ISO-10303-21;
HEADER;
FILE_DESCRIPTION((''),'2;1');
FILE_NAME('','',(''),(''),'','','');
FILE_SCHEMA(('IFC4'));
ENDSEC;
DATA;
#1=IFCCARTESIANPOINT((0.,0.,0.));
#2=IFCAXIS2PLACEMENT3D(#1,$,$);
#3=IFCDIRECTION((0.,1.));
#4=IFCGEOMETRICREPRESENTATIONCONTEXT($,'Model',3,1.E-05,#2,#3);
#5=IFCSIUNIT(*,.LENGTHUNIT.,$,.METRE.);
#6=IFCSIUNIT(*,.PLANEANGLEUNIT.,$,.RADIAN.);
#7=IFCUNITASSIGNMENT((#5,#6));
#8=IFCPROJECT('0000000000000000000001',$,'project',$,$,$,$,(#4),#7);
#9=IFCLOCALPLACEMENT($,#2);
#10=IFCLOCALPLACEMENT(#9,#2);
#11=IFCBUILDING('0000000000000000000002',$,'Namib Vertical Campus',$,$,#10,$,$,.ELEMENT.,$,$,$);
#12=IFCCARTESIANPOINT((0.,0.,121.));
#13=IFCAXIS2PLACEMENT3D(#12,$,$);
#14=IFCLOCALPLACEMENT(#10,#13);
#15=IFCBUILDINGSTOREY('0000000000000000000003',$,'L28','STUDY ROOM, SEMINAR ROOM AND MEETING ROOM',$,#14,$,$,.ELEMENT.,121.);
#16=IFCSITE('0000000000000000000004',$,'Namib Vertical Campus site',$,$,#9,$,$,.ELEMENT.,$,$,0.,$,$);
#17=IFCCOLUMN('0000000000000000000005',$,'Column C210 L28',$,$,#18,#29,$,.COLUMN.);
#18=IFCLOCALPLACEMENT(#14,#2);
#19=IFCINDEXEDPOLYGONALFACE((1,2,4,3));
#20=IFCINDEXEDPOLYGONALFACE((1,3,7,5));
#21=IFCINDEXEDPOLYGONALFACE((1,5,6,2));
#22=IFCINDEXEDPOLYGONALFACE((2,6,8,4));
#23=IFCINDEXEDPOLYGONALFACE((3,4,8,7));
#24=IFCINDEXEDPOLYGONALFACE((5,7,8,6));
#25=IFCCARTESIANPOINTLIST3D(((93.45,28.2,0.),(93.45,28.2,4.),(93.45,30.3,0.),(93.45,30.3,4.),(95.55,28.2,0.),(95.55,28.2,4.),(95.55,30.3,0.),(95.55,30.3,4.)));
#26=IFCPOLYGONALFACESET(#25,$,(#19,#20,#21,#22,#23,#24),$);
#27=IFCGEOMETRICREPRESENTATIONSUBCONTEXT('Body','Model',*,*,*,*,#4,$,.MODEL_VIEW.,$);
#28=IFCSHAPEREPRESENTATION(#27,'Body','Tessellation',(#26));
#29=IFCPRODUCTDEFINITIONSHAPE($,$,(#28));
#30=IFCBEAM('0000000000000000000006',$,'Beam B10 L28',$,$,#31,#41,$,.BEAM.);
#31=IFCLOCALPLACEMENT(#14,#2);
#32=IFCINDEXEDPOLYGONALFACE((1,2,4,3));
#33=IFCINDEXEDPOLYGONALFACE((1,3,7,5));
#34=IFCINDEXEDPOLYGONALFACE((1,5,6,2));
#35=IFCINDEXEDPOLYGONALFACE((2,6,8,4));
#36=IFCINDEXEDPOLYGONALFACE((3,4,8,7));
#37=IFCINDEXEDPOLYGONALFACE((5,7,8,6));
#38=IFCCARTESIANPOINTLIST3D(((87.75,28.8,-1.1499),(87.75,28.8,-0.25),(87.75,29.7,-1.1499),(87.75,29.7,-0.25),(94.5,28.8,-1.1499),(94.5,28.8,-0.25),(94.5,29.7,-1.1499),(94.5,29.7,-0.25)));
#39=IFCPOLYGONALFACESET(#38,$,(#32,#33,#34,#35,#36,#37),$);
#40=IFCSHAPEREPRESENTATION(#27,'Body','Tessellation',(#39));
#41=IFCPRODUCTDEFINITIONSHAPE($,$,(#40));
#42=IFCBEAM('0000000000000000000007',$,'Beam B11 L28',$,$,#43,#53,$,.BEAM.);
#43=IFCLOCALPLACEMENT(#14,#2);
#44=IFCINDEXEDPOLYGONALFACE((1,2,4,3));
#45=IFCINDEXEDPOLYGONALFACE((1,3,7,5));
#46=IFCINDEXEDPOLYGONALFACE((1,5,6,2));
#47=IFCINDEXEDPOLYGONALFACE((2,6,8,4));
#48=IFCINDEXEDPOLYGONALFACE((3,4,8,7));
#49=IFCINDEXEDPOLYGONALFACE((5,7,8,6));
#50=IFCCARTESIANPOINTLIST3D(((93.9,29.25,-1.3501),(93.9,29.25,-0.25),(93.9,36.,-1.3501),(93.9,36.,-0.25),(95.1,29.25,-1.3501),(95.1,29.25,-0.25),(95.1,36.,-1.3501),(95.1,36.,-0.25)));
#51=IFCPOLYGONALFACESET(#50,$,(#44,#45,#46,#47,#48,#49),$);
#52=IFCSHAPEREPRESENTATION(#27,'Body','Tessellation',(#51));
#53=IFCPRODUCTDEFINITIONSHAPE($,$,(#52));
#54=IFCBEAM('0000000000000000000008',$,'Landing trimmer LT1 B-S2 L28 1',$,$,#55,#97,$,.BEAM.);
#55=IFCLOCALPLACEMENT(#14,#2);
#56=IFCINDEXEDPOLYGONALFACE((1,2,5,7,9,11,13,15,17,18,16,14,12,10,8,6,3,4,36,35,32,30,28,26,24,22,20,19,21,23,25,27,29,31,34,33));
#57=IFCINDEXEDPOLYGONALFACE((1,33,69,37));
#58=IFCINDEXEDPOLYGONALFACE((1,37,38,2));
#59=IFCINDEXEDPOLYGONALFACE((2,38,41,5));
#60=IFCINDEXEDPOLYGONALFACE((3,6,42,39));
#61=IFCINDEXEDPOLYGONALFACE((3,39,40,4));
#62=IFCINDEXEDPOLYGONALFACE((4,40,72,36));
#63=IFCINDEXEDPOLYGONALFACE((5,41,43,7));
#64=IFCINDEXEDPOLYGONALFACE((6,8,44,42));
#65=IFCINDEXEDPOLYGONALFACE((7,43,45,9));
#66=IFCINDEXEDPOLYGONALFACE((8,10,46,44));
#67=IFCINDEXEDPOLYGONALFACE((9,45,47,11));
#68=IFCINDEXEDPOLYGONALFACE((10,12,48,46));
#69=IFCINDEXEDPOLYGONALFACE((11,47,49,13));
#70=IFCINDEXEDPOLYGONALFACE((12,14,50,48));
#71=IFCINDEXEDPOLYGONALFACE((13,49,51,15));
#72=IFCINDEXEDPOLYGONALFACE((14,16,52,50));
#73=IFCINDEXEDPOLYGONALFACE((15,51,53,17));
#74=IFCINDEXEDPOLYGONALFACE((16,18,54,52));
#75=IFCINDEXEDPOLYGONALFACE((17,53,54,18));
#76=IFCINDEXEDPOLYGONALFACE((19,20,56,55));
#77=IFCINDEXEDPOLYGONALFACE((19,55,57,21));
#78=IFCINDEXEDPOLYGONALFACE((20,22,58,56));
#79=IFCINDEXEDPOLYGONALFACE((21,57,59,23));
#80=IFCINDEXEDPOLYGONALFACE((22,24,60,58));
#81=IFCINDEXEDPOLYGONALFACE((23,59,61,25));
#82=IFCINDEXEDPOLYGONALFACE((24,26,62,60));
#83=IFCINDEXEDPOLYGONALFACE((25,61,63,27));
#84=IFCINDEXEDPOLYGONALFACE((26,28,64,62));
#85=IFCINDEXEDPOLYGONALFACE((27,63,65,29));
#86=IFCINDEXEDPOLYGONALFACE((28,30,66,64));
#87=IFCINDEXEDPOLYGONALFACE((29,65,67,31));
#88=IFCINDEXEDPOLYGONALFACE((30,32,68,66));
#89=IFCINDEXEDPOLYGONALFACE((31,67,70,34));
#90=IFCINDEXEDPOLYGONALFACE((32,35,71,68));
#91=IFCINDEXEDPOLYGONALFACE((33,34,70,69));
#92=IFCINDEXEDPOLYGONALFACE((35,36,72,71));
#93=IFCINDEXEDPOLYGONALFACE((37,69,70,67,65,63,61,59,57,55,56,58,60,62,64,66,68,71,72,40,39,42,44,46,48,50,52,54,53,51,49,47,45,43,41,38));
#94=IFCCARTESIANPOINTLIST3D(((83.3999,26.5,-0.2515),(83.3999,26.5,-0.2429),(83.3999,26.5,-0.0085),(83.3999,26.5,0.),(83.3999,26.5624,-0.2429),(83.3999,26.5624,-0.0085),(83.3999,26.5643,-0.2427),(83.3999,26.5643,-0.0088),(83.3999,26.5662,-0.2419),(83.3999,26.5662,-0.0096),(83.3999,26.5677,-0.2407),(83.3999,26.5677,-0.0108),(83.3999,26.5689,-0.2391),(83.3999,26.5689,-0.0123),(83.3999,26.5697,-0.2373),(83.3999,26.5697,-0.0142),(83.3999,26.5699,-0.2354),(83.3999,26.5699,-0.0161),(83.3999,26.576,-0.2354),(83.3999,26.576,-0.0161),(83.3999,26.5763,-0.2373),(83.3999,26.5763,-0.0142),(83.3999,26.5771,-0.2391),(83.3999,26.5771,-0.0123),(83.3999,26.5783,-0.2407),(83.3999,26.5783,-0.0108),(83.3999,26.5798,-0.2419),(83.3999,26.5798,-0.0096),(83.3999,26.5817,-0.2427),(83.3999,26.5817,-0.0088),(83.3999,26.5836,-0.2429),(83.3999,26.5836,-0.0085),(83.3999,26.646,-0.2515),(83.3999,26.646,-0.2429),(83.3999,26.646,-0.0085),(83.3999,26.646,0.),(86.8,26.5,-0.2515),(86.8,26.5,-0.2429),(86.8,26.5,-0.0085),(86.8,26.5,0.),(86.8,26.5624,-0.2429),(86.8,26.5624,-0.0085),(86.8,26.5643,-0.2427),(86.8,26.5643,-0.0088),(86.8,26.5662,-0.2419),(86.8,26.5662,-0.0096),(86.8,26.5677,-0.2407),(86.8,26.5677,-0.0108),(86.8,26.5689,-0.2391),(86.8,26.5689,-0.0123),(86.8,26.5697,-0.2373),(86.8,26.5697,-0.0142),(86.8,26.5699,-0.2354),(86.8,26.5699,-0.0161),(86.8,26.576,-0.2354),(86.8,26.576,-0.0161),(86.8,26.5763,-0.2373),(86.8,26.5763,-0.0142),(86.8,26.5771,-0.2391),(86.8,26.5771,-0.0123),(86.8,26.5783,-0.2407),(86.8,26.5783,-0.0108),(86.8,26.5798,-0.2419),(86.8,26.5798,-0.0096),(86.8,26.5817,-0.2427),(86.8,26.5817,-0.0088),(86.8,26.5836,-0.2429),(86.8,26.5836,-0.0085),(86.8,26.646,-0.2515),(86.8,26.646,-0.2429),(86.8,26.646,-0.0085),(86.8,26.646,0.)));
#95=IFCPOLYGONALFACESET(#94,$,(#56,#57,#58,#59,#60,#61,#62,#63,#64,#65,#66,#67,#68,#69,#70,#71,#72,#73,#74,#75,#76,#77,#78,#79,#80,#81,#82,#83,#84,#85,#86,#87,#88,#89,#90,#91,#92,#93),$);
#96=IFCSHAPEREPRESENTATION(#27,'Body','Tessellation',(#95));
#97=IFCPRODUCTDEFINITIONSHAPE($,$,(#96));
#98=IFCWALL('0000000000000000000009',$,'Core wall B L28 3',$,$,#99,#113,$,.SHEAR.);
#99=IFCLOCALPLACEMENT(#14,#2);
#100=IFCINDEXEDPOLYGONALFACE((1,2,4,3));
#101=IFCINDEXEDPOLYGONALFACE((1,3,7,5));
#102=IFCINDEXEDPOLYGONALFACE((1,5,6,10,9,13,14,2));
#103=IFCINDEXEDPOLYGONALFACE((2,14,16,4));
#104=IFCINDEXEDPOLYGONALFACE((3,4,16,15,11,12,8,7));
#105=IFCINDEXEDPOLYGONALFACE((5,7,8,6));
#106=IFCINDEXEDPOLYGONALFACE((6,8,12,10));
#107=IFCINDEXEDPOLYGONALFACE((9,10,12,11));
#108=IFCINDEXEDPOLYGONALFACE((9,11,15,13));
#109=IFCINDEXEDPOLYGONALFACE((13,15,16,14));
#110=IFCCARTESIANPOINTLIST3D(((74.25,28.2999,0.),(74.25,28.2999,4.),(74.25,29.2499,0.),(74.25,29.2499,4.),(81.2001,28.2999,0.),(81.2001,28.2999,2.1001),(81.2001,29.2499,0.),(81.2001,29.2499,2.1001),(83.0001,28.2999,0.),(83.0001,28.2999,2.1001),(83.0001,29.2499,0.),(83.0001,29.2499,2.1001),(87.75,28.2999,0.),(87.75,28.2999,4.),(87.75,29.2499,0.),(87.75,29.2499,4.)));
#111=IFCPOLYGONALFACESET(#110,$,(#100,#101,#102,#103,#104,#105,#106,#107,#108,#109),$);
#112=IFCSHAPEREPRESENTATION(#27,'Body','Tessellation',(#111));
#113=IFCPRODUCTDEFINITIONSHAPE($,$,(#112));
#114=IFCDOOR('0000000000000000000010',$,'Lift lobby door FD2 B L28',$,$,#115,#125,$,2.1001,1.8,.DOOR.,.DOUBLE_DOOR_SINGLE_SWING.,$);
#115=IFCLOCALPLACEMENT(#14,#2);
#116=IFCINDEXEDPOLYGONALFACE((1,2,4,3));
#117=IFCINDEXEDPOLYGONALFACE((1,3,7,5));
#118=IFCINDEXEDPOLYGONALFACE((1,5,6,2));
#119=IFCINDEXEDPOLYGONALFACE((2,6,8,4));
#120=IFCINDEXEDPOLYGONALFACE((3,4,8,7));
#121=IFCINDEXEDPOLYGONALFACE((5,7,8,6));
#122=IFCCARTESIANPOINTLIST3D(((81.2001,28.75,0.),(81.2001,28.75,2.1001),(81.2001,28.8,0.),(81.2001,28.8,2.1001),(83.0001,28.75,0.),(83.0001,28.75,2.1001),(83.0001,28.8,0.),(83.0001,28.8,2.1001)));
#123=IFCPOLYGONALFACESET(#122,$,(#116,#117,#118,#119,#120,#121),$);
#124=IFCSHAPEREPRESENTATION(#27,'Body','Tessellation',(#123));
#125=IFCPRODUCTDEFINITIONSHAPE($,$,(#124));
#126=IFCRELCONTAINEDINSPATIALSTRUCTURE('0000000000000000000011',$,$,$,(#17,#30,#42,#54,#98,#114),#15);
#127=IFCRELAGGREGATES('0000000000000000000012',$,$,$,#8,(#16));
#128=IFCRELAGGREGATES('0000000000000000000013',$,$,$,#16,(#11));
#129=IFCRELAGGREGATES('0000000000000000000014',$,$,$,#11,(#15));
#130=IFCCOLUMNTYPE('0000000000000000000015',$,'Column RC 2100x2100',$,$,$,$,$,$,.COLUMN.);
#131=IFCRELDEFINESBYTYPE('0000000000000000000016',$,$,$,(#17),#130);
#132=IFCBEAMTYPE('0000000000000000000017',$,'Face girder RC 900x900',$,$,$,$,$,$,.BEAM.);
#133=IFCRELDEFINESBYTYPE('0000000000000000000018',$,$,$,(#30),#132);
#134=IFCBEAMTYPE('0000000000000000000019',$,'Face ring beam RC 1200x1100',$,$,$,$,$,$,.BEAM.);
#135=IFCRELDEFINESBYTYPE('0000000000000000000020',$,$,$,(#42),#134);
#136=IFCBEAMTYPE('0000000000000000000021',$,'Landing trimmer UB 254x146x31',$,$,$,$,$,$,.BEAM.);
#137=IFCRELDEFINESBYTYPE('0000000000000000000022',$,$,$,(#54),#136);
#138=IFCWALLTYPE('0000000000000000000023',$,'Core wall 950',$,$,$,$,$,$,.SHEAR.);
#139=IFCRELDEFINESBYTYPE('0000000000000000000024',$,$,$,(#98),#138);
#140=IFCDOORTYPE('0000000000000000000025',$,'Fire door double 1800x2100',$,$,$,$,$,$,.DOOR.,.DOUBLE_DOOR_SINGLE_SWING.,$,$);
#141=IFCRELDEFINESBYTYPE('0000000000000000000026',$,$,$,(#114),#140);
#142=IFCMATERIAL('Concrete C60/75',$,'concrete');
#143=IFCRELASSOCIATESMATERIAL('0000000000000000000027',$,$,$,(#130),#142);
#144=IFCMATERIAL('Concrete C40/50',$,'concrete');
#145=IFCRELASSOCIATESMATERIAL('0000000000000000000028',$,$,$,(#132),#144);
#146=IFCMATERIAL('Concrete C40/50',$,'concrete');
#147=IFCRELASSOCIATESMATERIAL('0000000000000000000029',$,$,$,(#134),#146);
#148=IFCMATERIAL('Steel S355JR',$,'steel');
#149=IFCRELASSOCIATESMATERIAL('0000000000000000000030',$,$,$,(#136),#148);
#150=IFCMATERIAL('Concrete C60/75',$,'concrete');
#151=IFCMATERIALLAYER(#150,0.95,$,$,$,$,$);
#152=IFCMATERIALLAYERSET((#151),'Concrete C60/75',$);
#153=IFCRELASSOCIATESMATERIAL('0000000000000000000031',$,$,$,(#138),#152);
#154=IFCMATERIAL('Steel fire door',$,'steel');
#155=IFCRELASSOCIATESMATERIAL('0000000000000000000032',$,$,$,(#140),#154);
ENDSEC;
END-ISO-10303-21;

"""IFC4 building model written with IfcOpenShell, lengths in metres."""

from ifc_helpers import new_model, si_unit, direction, frame, frame_2d, origin, origin_2d, place, context, subcontext, project, spatial, rectangle, i_section, extrude, material, layer, layer_set, material_profile, profile_set, type_object, element, fill, save


model = new_model("IFC4")

# Units and contexts
model_context = context("Model", 3, precision=1e-05, world=origin(), true_north=direction((0.0, 1.0)))
body_context = subcontext(model_context, "Body", "Model", "MODEL_VIEW")
ifc_project = project(units=[si_unit("LENGTHUNIT", "METRE"), si_unit("PLANEANGLEUNIT", "RADIAN")], contexts=[model_context])

# Site, building, storey
site_placement = place(None, origin())
site = spatial("IfcSite", under=ifc_project, at=site_placement, Name="Namib Vertical Campus site", CompositionType="ELEMENT", RefElevation=0.0)
building_placement = place(site_placement, origin())
building = spatial("IfcBuilding", under=site, at=building_placement, Name="Namib Vertical Campus", CompositionType="ELEMENT")
storey_placement = place(building_placement, frame((0.0, 0.0, 121.0)))
storey = spatial("IfcBuildingStorey", under=building, at=storey_placement, Name="L28", Description="STUDY ROOM, SEMINAR ROOM AND MEETING ROOM", CompositionType="ELEMENT", Elevation=121.0)

# Column
ifc_material_1 = material(Name="Concrete C60/75", Category="concrete")
ifc_material_profile_1 = material_profile(ifc_material_1, rectangle(XDim=2.1001, YDim=2.1001, at=origin_2d()))
ifc_profile_set_1 = profile_set([ifc_material_profile_1], Name="Concrete C60/75")
column_type = type_object("IfcColumnType", Name="Column RC 2100x2100", PredefinedType="COLUMN", material=ifc_profile_set_1)
column_placement = place(storey_placement, frame((94.5, 29.25, 0.0), z_axis=(0.0, 0.0, 1.0), x_axis=(1.0, 0.0, 0.0)))
element("IfcColumn", 1, at=column_placement, inside=storey, type_object=column_type, Name="Column C210 L28", PredefinedType="COLUMN", context=body_context, shape_type="SweptSolid", body=[
    extrude(rectangle(XDim=2.1001, YDim=2.1001, at=origin_2d()), origin(), (0.0, 0.0, 1.0), 4.0),
])

# Beams
ifc_material_2 = material(Name="Concrete C40/50", Category="concrete")
ifc_material_profile_2 = material_profile(ifc_material_2, rectangle(XDim=0.8999, YDim=0.8999, at=origin_2d()))
ifc_profile_set_2 = profile_set([ifc_material_profile_2], Name="Concrete C40/50")
beam_type_1 = type_object("IfcBeamType", Name="Face girder RC 900x900", PredefinedType="BEAM", material=ifc_profile_set_2)
beam_1_placement = place(storey_placement, frame((94.5, 29.25, -0.7), z_axis=(-1.0, 0.0, 0.0), x_axis=(0.0, -1.0, 0.0)))
element("IfcBeam", 2, at=beam_1_placement, inside=storey, type_object=beam_type_1, Name="Beam B10 L28", PredefinedType="BEAM", context=body_context, shape_type="SweptSolid", body=[
    extrude(rectangle(XDim=0.8999, YDim=0.8999, at=origin_2d()), origin(), (0.0, 0.0, 1.0), 6.75),
])
ifc_material_3 = material(Name="Concrete C40/50", Category="concrete")
ifc_material_profile_3 = material_profile(ifc_material_3, rectangle(XDim=1.2, YDim=1.1001, at=origin_2d()))
ifc_profile_set_3 = profile_set([ifc_material_profile_3], Name="Concrete C40/50")
beam_type_2 = type_object("IfcBeamType", Name="Face ring beam RC 1200x1100", PredefinedType="BEAM", material=ifc_profile_set_3)
beam_2_placement = place(storey_placement, frame((94.5, 29.25, -0.8), z_axis=(0.0, 1.0, 0.0), x_axis=(-1.0, 0.0, 0.0)))
element("IfcBeam", 3, at=beam_2_placement, inside=storey, type_object=beam_type_2, Name="Beam B11 L28", PredefinedType="BEAM", context=body_context, shape_type="SweptSolid", body=[
    extrude(rectangle(XDim=1.2, YDim=1.1001, at=origin_2d()), origin(), (0.0, 0.0, 1.0), 6.75),
])
ifc_material_4 = material(Name="Steel S355JR", Category="steel")
ifc_material_profile_4 = material_profile(ifc_material_4, i_section(OverallWidth=0.146, OverallDepth=0.2515, WebThickness=0.0061, FlangeThickness=0.0085, FilletRadius=0.0076, at=origin_2d()))
ifc_profile_set_4 = profile_set([ifc_material_profile_4], Name="Steel S355JR")
beam_type_3 = type_object("IfcBeamType", Name="Landing trimmer UB 254x146x31", PredefinedType="BEAM", material=ifc_profile_set_4)
beam_3_placement = place(storey_placement, frame((83.3999, 26.573, -0.1257), z_axis=(1.0, 0.0, 0.0), x_axis=(0.0, 1.0, 0.0)))
element("IfcBeam", 4, at=beam_3_placement, inside=storey, type_object=beam_type_3, Name="Landing trimmer LT1 B-S2 L28 1", PredefinedType="BEAM", context=body_context, shape_type="SweptSolid", body=[
    extrude(i_section(OverallWidth=0.146, OverallDepth=0.2515, WebThickness=0.0061, FlangeThickness=0.0085, FilletRadius=0.0076, at=origin_2d()), origin(), (0.0, 0.0, 1.0), 3.4001),
])

# Wall, opening, door
ifc_material_5 = material(Name="Concrete C60/75", Category="concrete")
ifc_layer_1 = layer(ifc_material_5, 0.95)
ifc_layer_set_1 = layer_set([ifc_layer_1], Name="Concrete C60/75")
wall_type_1 = type_object("IfcWallType", Name="Core wall 950", PredefinedType="SHEAR", material=ifc_layer_set_1)
wall_1_placement = place(storey_placement, frame((87.75, 28.7749, 0.0), z_axis=(0.0, 0.0, 1.0), x_axis=(-1.0, 0.0, 0.0)))
wall_1 = element("IfcWall", 5, at=wall_1_placement, inside=storey, type_object=wall_type_1, Name="Core wall B L28 3", PredefinedType="SHEAR", context=body_context, shape_type="SweptSolid", body=[
    extrude(rectangle(XDim=13.5, YDim=0.95, at=frame_2d((6.75, 0.0))), origin(), (0.0, 0.0, 1.0), 4.0),
])
opening_1_placement = place(wall_1_placement, frame((4.75, 0.0, 0.0)))
opening_1 = element("IfcOpeningElement", 6, at=opening_1_placement, cuts=wall_1, PredefinedType="OPENING", context=body_context, shape_type="SweptSolid", body=[
    extrude(rectangle(XDim=1.8, YDim=2.1001, at=frame_2d((0.8999, 1.05))), frame((0.0, 0.4849, 0.0), z_axis=(0.0, -1.0, 0.0), x_axis=(1.0, 0.0, 0.0)), (0.0, 0.0, 1.0), 0.97),
])
ifc_material_6 = material(Name="Steel fire door", Category="steel")
door_type_1 = type_object("IfcDoorType", Name="Fire door double 1800x2100", OperationType="DOUBLE_DOOR_SINGLE_SWING", PredefinedType="DOOR", material=ifc_material_6)
door_1_placement = place(opening_1_placement, origin())
door_1 = element("IfcDoor", 7, at=door_1_placement, inside=storey, type_object=door_type_1, Name="Lift lobby door FD2 B L28", OperationType="DOUBLE_DOOR_SINGLE_SWING", OverallHeight=2.1001, OverallWidth=1.8, PredefinedType="DOOR", context=body_context, shape_type="SweptSolid", body=[
    extrude(rectangle(XDim=1.8, YDim=2.1001, at=frame_2d((0.8999, 1.05))), frame((0.0, 0.0249, 0.0), z_axis=(0.0, -1.0, 0.0), x_axis=(1.0, 0.0, 0.0)), (0.0, 0.0, 1.0), 0.05),
])
fill(opening_1, door_1)

save(model, "model.ifc")
